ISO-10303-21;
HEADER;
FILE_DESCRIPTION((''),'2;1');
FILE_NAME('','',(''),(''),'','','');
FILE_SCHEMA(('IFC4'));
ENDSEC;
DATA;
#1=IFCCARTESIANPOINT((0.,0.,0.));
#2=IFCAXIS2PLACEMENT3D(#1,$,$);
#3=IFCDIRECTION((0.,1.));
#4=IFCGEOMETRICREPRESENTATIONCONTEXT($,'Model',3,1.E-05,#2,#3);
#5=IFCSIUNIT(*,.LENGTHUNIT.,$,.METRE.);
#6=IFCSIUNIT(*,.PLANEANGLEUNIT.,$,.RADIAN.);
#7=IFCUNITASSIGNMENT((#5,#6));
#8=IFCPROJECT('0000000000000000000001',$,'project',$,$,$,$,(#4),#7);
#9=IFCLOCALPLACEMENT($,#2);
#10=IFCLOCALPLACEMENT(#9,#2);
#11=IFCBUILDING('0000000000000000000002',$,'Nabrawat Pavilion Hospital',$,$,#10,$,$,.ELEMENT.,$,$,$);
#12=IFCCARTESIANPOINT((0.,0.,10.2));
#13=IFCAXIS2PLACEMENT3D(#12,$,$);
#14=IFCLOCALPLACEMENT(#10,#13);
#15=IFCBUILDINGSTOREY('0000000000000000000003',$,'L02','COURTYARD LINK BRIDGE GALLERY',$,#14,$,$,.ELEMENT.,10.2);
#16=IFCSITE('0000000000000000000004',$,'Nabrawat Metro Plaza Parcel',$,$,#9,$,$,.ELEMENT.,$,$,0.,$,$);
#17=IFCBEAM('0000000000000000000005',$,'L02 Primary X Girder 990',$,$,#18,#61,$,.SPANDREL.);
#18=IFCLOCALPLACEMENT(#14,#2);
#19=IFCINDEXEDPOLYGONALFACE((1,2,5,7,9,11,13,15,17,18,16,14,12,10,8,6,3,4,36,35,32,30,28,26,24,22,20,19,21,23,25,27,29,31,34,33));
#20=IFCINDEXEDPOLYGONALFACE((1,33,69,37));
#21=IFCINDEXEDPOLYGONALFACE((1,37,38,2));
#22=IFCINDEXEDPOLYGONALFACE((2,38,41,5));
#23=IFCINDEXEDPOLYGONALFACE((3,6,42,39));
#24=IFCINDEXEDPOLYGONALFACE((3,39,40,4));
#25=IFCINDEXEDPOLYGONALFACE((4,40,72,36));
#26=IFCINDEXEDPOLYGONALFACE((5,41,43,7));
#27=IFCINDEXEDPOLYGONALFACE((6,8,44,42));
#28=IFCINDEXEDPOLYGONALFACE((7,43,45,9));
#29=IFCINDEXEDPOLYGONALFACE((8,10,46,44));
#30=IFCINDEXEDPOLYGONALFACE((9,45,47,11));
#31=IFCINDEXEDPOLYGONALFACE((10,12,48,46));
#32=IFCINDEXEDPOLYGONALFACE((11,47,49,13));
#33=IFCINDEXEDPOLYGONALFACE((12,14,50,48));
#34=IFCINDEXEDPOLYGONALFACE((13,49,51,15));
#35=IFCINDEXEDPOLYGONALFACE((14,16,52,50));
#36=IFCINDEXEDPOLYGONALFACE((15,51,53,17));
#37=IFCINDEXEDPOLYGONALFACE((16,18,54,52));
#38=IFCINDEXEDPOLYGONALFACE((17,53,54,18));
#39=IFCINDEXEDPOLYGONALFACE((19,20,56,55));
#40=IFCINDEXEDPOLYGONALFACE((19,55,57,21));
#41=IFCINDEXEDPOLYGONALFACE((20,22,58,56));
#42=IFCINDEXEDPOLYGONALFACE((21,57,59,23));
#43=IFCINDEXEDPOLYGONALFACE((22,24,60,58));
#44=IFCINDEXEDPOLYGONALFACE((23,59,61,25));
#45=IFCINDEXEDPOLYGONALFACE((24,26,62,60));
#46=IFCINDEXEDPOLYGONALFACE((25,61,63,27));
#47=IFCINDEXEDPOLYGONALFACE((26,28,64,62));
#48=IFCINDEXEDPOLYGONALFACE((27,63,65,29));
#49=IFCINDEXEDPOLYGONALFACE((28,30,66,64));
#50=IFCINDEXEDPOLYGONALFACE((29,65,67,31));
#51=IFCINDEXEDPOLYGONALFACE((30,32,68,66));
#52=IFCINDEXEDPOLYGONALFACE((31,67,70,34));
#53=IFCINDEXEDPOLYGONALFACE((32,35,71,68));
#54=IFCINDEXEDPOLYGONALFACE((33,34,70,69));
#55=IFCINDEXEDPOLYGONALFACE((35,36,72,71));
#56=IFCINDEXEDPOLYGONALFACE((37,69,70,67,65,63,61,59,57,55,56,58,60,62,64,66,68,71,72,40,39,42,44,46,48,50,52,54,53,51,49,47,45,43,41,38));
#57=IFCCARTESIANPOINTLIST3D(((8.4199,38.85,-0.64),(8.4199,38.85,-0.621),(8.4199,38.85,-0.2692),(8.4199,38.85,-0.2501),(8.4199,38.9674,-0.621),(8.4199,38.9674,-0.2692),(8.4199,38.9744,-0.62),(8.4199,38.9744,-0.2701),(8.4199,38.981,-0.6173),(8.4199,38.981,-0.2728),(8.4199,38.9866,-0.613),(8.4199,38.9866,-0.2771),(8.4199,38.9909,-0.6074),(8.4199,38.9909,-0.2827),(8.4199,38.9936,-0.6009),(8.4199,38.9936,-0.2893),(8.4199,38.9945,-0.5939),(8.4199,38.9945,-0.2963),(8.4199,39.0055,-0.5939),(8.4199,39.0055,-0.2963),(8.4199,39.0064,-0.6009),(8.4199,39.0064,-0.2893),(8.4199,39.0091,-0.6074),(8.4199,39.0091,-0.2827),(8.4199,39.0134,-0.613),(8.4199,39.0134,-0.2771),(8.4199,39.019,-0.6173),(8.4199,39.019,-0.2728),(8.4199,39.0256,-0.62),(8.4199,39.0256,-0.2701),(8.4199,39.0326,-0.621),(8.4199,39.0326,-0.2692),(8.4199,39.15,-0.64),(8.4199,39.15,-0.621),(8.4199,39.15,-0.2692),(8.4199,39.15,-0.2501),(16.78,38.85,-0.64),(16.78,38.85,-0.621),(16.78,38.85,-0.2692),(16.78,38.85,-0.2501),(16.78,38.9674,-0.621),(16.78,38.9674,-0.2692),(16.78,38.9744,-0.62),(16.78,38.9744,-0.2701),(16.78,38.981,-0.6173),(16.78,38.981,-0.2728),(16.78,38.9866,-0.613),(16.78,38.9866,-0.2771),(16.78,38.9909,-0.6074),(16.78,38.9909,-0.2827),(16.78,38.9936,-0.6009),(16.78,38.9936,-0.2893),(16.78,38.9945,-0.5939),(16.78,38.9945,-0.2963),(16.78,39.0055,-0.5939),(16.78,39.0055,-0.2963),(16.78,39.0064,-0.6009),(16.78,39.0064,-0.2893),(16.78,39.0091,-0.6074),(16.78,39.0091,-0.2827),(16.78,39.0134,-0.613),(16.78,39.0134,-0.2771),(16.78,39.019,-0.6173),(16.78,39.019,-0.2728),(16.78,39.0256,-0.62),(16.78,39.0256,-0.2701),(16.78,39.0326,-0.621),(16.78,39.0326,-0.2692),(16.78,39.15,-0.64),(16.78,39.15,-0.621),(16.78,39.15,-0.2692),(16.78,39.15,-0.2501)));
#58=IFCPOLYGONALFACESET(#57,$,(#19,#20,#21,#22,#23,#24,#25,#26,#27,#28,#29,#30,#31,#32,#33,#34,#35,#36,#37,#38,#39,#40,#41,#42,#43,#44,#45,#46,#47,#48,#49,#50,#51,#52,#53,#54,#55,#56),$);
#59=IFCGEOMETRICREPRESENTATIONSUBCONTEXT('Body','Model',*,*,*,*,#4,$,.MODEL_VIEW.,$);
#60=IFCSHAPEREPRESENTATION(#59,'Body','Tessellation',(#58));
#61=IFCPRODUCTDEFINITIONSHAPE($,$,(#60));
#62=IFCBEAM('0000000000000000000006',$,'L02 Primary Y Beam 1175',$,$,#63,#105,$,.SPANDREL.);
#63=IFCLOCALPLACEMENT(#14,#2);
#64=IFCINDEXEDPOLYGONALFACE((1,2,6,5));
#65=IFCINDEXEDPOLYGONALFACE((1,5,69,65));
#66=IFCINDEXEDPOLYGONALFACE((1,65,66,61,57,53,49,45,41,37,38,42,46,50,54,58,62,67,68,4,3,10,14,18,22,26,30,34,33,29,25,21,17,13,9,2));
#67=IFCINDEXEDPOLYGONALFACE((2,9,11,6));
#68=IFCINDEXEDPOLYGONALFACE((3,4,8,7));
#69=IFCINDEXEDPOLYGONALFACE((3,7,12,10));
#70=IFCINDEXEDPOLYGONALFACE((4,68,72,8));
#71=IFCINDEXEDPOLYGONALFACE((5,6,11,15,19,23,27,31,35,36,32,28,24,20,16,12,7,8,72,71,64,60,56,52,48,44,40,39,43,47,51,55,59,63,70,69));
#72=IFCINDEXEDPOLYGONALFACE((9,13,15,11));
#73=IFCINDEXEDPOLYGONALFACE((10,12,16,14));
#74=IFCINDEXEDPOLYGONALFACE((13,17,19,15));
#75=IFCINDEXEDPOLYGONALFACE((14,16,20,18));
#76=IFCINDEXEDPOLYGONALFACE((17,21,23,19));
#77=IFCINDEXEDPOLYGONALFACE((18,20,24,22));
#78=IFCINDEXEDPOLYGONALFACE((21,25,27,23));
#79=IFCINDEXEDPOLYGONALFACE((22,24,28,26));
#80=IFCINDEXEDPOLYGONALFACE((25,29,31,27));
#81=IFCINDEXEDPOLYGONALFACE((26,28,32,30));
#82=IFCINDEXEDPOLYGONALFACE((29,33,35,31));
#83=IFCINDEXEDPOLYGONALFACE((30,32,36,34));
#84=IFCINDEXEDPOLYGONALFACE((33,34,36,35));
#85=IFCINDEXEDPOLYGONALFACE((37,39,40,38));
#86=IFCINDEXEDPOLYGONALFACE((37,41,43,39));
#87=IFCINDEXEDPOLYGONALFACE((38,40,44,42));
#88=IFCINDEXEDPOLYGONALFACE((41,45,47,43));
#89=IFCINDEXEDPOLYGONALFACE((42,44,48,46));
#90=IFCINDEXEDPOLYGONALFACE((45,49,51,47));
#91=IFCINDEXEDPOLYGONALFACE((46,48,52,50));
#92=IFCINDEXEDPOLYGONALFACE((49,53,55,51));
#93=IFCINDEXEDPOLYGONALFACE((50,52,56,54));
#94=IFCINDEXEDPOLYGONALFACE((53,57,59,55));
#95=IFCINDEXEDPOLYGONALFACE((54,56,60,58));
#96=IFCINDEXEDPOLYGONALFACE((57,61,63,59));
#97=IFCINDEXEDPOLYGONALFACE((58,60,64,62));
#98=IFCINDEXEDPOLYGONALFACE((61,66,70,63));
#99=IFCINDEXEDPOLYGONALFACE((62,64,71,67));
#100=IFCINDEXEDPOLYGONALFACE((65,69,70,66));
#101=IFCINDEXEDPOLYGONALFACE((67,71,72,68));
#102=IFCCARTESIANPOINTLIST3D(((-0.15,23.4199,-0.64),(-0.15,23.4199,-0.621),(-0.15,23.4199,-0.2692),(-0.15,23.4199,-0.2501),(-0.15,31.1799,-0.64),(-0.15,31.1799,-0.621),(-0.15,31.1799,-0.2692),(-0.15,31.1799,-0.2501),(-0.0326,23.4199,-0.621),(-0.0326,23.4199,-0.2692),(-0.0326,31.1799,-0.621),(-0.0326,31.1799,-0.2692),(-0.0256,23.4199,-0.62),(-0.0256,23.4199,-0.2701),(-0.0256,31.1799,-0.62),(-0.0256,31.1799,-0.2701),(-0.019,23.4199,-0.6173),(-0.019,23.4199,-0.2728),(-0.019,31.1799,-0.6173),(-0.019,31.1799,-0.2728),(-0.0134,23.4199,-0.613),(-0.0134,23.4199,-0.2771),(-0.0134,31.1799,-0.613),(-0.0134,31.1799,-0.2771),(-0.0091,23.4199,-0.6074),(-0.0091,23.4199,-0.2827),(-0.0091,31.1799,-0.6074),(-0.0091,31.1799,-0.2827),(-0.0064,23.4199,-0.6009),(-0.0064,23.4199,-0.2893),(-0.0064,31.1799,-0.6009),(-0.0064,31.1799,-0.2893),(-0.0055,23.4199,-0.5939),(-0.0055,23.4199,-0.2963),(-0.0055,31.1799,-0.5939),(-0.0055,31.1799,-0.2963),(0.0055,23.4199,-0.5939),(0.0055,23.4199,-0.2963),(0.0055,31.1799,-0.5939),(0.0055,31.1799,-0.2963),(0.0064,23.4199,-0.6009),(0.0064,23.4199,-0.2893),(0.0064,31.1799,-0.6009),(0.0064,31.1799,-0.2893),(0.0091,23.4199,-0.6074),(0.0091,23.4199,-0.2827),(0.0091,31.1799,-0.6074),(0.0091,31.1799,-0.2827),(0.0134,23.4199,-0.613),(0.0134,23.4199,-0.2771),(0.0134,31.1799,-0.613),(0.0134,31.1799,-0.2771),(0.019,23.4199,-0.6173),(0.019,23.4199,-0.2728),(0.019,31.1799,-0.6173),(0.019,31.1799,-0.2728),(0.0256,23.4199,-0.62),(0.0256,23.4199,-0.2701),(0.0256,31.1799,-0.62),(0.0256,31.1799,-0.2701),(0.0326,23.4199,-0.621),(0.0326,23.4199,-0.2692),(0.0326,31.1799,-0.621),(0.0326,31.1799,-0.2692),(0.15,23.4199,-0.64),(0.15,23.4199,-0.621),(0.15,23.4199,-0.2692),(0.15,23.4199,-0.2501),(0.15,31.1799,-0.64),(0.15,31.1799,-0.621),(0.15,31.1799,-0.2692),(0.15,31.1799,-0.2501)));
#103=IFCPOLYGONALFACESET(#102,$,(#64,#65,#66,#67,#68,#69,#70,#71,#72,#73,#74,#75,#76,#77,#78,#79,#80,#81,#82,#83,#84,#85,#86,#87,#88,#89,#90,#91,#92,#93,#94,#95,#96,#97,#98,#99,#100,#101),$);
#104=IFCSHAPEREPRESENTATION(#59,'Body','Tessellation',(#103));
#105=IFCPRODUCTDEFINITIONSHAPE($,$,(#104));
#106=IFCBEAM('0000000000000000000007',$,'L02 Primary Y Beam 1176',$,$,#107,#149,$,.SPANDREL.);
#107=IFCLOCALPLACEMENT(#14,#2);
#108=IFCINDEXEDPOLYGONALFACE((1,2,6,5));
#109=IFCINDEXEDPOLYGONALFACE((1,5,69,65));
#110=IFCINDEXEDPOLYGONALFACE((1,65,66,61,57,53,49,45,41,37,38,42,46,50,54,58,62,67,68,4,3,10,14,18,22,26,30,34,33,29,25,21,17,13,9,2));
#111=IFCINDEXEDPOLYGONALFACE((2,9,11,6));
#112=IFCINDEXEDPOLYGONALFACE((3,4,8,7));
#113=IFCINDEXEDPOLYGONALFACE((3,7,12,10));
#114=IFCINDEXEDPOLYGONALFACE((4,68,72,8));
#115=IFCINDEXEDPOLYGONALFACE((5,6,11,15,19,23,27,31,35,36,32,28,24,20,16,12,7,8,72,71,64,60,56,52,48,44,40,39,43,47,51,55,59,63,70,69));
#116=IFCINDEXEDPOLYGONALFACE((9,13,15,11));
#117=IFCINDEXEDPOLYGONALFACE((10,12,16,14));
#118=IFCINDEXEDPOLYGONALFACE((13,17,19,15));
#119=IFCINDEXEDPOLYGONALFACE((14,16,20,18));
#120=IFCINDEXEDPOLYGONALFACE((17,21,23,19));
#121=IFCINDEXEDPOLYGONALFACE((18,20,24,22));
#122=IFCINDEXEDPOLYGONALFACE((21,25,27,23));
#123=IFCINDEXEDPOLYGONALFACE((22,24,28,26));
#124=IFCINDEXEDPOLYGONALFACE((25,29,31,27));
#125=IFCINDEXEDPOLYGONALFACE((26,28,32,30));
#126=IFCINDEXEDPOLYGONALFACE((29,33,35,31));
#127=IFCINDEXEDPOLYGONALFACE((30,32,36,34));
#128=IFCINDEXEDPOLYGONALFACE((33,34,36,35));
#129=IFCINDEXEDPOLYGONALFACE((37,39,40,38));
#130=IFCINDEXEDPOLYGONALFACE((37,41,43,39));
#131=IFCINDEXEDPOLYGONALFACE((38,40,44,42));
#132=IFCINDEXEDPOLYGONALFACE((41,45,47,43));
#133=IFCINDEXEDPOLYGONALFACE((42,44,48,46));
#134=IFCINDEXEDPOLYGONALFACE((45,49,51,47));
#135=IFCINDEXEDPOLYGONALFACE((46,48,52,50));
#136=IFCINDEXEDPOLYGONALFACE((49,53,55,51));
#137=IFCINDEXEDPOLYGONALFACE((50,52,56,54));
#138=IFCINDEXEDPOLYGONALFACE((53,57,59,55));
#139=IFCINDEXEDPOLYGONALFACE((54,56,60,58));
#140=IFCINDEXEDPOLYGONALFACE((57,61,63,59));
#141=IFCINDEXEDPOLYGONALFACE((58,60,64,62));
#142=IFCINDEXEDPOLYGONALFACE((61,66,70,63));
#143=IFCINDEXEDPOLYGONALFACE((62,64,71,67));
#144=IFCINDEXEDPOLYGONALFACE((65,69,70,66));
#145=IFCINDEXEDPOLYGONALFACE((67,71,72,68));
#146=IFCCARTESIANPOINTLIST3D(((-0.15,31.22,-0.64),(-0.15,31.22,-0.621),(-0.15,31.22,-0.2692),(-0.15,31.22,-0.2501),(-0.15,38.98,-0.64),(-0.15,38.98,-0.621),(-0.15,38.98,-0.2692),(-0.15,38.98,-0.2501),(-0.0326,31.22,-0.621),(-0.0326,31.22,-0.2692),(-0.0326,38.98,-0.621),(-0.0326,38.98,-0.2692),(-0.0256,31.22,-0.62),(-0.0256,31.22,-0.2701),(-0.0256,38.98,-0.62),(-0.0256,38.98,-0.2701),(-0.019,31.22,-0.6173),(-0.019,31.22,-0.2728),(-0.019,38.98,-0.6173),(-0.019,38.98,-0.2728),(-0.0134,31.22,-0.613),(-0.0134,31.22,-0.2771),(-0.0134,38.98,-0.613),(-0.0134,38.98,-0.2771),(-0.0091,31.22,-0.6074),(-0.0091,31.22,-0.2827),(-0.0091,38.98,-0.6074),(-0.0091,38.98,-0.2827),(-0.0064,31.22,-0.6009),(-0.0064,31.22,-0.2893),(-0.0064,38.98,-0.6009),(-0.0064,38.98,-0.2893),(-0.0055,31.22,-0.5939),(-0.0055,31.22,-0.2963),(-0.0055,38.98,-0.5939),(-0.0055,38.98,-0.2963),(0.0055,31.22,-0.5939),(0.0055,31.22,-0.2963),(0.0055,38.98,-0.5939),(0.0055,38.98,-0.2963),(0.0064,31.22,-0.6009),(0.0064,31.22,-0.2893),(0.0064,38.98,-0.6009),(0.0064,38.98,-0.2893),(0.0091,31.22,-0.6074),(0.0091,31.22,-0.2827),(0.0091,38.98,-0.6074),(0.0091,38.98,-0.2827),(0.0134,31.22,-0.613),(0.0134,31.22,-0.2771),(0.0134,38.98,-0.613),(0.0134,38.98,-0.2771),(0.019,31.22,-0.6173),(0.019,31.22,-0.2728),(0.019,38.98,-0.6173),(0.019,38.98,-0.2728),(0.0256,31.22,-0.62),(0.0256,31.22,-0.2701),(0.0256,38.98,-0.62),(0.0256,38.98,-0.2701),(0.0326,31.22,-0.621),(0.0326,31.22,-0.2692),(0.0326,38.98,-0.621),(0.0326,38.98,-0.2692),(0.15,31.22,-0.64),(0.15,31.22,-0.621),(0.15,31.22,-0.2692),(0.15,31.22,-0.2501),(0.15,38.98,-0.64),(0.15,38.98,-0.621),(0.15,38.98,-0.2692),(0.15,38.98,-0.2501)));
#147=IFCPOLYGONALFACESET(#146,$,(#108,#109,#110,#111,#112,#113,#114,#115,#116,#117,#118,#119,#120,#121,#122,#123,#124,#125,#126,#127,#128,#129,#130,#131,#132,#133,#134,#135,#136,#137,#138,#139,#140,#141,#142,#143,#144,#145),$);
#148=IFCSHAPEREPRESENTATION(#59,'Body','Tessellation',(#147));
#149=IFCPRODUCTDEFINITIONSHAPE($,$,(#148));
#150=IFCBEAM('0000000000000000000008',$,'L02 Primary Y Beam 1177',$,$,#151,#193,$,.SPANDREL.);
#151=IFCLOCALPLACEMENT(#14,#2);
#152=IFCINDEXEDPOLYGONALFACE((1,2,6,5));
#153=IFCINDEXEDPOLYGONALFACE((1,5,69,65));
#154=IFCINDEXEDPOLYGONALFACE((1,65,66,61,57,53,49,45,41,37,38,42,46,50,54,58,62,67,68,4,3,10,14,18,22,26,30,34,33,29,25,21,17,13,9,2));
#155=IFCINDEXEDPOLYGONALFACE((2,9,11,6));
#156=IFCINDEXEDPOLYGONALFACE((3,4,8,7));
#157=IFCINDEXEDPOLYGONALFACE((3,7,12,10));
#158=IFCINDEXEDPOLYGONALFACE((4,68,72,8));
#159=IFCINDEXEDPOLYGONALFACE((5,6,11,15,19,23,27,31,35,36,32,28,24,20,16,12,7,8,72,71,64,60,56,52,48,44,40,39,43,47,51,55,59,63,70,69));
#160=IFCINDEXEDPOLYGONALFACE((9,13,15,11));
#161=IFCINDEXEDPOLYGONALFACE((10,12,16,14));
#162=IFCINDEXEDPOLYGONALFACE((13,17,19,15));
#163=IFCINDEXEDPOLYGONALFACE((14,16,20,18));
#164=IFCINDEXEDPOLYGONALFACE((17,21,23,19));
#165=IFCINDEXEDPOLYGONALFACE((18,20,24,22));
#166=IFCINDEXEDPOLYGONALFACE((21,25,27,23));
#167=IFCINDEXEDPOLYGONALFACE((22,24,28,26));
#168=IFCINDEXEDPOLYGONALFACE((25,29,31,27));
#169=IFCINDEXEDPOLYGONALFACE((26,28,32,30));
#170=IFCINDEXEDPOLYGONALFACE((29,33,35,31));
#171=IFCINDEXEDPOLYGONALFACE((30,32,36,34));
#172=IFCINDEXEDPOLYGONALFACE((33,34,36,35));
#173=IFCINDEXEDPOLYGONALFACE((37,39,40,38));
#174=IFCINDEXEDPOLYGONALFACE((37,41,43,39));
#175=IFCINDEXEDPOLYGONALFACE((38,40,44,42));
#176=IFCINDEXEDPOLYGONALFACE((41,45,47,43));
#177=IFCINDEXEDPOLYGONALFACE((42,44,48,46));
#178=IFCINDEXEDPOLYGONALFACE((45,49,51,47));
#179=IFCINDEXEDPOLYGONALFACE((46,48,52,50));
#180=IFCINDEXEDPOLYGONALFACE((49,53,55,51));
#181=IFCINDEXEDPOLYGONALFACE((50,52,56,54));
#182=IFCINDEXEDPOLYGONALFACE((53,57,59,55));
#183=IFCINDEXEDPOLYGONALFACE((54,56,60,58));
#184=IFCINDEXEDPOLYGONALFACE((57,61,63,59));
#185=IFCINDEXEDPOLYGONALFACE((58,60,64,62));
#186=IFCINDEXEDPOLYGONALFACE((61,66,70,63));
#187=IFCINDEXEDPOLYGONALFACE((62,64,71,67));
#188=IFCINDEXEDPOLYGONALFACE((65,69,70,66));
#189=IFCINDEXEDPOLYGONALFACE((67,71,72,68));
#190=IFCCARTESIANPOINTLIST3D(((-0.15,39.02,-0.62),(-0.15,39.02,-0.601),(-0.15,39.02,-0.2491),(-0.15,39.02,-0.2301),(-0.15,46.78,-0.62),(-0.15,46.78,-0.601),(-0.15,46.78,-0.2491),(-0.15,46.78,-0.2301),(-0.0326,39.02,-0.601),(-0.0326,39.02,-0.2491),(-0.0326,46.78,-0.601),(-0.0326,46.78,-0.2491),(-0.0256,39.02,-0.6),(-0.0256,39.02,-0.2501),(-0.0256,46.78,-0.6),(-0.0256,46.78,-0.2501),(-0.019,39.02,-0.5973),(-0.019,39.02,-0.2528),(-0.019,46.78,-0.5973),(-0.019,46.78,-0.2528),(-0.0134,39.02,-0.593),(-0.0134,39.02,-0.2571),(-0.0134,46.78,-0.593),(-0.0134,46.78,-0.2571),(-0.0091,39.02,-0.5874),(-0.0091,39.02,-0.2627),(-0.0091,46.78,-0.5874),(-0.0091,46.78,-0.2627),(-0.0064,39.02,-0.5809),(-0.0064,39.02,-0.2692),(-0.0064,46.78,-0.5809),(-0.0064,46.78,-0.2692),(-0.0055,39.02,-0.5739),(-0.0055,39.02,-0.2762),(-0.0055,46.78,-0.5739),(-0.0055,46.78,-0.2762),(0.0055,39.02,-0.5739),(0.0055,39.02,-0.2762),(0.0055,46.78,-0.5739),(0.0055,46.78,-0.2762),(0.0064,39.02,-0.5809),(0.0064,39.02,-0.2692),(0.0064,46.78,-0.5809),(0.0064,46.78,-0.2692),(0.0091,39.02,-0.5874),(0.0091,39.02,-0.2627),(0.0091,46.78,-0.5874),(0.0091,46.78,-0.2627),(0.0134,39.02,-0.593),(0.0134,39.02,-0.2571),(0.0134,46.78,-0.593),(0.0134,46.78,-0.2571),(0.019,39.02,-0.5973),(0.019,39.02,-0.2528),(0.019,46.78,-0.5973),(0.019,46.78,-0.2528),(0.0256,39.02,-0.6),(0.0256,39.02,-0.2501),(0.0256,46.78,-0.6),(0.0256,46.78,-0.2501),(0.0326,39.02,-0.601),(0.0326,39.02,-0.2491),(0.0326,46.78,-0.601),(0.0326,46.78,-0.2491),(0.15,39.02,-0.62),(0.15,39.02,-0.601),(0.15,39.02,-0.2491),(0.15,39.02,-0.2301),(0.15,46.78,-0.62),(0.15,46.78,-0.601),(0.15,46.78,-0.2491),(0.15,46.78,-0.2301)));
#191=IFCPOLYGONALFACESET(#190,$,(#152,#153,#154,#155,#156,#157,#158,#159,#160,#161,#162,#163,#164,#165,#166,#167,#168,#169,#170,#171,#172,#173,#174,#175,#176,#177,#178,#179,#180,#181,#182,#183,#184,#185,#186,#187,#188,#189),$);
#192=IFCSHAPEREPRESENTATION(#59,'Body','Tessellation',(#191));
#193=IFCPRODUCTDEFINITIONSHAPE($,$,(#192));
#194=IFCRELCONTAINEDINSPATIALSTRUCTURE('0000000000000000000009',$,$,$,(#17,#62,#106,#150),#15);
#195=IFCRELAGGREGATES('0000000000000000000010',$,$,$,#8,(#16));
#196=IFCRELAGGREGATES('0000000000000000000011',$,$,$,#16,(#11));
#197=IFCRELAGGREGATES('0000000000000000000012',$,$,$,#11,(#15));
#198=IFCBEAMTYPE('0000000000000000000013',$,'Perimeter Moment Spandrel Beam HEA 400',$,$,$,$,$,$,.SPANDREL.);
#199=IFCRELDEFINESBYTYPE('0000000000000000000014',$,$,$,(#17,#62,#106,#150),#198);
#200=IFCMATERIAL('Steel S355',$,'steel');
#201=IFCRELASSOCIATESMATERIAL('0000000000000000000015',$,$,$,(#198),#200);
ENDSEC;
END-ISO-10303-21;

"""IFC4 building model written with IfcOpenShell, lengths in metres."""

from ifc_helpers import new_model, si_unit, direction, frame, origin, origin_2d, place, context, subcontext, project, spatial, i_section, extrude, material, material_profile, profile_set, type_object, element, save


model = new_model("IFC4")

# Units and contexts
model_context = context("Model", 3, precision=1e-05, world=origin(), true_north=direction((0.0, 1.0)))
body_context = subcontext(model_context, "Body", "Model", "MODEL_VIEW")
ifc_project = project(units=[si_unit("LENGTHUNIT", "METRE"), si_unit("PLANEANGLEUNIT", "RADIAN")], contexts=[model_context])

# Site, building, storey
site_placement = place(None, origin())
site = spatial("IfcSite", under=ifc_project, at=site_placement, Name="Nabrawat Metro Plaza Parcel", CompositionType="ELEMENT", RefElevation=0.0)
building_placement = place(site_placement, origin())
building = spatial("IfcBuilding", under=site, at=building_placement, Name="Nabrawat Pavilion Hospital", CompositionType="ELEMENT")
storey_placement = place(building_placement, frame((0.0, 0.0, 10.2)))
storey = spatial("IfcBuildingStorey", under=building, at=storey_placement, Name="L02", Description="COURTYARD LINK BRIDGE GALLERY", CompositionType="ELEMENT", Elevation=10.2)

# Shared definitions
ifc_material_1 = material(Name="Steel S355", Category="steel")

# Beams
ifc_material_profile_1 = material_profile(ifc_material_1, i_section(OverallWidth=0.3, OverallDepth=0.3899, WebThickness=0.011, FlangeThickness=0.019, FilletRadius=0.0271, at=origin_2d()), Name="HEA 400")
ifc_profile_set_1 = profile_set([ifc_material_profile_1], Name="Steel S355")
beam_type_1 = type_object("IfcBeamType", Name="Perimeter Moment Spandrel Beam HEA 400", PredefinedType="SPANDREL", material=ifc_profile_set_1)
beam_1_placement = place(storey_placement, frame((8.4199, 39.0, -0.4451), z_axis=(1.0, 0.0, 0.0), x_axis=(0.0, 1.0, 0.0)))
element("IfcBeam", 1, at=beam_1_placement, inside=storey, type_object=beam_type_1, Name="L02 Primary X Girder 990", PredefinedType="SPANDREL", context=body_context, shape_type="SweptSolid", body=[
    extrude(i_section(OverallWidth=0.3, OverallDepth=0.3899, WebThickness=0.011, FlangeThickness=0.019, FilletRadius=0.0271, at=origin_2d()), origin(), (0.0, 0.0, 1.0), 8.3601),
])
for number, where, z_axis, x_axis, name in (
    (2, (0.0, 23.4199, -0.4451), (0.0, 1.0, 0.0), (-1.0, 0.0, 0.0), "L02 Primary Y Beam 1175"),
    (3, (0.0, 31.22, -0.4451), (0.0, 1.0, 0.0), (-1.0, 0.0, 0.0), "L02 Primary Y Beam 1176"),
    (4, (0.0, 39.02, -0.425), (0.0, 1.0, 0.0), (-1.0, 0.0, 0.0), "L02 Primary Y Beam 1177"),
):
    element("IfcBeam", number, at=place(storey_placement, frame(where, z_axis=z_axis, x_axis=x_axis)), inside=storey, type_object=beam_type_1, Name=name, PredefinedType="SPANDREL", context=body_context, shape_type="SweptSolid", body=[
        extrude(i_section(OverallWidth=0.3, OverallDepth=0.3899, WebThickness=0.011, FlangeThickness=0.019, FilletRadius=0.0271, at=origin_2d()), origin(), (0.0, 0.0, 1.0), 7.76),
    ])

save(model, "model.ifc")
